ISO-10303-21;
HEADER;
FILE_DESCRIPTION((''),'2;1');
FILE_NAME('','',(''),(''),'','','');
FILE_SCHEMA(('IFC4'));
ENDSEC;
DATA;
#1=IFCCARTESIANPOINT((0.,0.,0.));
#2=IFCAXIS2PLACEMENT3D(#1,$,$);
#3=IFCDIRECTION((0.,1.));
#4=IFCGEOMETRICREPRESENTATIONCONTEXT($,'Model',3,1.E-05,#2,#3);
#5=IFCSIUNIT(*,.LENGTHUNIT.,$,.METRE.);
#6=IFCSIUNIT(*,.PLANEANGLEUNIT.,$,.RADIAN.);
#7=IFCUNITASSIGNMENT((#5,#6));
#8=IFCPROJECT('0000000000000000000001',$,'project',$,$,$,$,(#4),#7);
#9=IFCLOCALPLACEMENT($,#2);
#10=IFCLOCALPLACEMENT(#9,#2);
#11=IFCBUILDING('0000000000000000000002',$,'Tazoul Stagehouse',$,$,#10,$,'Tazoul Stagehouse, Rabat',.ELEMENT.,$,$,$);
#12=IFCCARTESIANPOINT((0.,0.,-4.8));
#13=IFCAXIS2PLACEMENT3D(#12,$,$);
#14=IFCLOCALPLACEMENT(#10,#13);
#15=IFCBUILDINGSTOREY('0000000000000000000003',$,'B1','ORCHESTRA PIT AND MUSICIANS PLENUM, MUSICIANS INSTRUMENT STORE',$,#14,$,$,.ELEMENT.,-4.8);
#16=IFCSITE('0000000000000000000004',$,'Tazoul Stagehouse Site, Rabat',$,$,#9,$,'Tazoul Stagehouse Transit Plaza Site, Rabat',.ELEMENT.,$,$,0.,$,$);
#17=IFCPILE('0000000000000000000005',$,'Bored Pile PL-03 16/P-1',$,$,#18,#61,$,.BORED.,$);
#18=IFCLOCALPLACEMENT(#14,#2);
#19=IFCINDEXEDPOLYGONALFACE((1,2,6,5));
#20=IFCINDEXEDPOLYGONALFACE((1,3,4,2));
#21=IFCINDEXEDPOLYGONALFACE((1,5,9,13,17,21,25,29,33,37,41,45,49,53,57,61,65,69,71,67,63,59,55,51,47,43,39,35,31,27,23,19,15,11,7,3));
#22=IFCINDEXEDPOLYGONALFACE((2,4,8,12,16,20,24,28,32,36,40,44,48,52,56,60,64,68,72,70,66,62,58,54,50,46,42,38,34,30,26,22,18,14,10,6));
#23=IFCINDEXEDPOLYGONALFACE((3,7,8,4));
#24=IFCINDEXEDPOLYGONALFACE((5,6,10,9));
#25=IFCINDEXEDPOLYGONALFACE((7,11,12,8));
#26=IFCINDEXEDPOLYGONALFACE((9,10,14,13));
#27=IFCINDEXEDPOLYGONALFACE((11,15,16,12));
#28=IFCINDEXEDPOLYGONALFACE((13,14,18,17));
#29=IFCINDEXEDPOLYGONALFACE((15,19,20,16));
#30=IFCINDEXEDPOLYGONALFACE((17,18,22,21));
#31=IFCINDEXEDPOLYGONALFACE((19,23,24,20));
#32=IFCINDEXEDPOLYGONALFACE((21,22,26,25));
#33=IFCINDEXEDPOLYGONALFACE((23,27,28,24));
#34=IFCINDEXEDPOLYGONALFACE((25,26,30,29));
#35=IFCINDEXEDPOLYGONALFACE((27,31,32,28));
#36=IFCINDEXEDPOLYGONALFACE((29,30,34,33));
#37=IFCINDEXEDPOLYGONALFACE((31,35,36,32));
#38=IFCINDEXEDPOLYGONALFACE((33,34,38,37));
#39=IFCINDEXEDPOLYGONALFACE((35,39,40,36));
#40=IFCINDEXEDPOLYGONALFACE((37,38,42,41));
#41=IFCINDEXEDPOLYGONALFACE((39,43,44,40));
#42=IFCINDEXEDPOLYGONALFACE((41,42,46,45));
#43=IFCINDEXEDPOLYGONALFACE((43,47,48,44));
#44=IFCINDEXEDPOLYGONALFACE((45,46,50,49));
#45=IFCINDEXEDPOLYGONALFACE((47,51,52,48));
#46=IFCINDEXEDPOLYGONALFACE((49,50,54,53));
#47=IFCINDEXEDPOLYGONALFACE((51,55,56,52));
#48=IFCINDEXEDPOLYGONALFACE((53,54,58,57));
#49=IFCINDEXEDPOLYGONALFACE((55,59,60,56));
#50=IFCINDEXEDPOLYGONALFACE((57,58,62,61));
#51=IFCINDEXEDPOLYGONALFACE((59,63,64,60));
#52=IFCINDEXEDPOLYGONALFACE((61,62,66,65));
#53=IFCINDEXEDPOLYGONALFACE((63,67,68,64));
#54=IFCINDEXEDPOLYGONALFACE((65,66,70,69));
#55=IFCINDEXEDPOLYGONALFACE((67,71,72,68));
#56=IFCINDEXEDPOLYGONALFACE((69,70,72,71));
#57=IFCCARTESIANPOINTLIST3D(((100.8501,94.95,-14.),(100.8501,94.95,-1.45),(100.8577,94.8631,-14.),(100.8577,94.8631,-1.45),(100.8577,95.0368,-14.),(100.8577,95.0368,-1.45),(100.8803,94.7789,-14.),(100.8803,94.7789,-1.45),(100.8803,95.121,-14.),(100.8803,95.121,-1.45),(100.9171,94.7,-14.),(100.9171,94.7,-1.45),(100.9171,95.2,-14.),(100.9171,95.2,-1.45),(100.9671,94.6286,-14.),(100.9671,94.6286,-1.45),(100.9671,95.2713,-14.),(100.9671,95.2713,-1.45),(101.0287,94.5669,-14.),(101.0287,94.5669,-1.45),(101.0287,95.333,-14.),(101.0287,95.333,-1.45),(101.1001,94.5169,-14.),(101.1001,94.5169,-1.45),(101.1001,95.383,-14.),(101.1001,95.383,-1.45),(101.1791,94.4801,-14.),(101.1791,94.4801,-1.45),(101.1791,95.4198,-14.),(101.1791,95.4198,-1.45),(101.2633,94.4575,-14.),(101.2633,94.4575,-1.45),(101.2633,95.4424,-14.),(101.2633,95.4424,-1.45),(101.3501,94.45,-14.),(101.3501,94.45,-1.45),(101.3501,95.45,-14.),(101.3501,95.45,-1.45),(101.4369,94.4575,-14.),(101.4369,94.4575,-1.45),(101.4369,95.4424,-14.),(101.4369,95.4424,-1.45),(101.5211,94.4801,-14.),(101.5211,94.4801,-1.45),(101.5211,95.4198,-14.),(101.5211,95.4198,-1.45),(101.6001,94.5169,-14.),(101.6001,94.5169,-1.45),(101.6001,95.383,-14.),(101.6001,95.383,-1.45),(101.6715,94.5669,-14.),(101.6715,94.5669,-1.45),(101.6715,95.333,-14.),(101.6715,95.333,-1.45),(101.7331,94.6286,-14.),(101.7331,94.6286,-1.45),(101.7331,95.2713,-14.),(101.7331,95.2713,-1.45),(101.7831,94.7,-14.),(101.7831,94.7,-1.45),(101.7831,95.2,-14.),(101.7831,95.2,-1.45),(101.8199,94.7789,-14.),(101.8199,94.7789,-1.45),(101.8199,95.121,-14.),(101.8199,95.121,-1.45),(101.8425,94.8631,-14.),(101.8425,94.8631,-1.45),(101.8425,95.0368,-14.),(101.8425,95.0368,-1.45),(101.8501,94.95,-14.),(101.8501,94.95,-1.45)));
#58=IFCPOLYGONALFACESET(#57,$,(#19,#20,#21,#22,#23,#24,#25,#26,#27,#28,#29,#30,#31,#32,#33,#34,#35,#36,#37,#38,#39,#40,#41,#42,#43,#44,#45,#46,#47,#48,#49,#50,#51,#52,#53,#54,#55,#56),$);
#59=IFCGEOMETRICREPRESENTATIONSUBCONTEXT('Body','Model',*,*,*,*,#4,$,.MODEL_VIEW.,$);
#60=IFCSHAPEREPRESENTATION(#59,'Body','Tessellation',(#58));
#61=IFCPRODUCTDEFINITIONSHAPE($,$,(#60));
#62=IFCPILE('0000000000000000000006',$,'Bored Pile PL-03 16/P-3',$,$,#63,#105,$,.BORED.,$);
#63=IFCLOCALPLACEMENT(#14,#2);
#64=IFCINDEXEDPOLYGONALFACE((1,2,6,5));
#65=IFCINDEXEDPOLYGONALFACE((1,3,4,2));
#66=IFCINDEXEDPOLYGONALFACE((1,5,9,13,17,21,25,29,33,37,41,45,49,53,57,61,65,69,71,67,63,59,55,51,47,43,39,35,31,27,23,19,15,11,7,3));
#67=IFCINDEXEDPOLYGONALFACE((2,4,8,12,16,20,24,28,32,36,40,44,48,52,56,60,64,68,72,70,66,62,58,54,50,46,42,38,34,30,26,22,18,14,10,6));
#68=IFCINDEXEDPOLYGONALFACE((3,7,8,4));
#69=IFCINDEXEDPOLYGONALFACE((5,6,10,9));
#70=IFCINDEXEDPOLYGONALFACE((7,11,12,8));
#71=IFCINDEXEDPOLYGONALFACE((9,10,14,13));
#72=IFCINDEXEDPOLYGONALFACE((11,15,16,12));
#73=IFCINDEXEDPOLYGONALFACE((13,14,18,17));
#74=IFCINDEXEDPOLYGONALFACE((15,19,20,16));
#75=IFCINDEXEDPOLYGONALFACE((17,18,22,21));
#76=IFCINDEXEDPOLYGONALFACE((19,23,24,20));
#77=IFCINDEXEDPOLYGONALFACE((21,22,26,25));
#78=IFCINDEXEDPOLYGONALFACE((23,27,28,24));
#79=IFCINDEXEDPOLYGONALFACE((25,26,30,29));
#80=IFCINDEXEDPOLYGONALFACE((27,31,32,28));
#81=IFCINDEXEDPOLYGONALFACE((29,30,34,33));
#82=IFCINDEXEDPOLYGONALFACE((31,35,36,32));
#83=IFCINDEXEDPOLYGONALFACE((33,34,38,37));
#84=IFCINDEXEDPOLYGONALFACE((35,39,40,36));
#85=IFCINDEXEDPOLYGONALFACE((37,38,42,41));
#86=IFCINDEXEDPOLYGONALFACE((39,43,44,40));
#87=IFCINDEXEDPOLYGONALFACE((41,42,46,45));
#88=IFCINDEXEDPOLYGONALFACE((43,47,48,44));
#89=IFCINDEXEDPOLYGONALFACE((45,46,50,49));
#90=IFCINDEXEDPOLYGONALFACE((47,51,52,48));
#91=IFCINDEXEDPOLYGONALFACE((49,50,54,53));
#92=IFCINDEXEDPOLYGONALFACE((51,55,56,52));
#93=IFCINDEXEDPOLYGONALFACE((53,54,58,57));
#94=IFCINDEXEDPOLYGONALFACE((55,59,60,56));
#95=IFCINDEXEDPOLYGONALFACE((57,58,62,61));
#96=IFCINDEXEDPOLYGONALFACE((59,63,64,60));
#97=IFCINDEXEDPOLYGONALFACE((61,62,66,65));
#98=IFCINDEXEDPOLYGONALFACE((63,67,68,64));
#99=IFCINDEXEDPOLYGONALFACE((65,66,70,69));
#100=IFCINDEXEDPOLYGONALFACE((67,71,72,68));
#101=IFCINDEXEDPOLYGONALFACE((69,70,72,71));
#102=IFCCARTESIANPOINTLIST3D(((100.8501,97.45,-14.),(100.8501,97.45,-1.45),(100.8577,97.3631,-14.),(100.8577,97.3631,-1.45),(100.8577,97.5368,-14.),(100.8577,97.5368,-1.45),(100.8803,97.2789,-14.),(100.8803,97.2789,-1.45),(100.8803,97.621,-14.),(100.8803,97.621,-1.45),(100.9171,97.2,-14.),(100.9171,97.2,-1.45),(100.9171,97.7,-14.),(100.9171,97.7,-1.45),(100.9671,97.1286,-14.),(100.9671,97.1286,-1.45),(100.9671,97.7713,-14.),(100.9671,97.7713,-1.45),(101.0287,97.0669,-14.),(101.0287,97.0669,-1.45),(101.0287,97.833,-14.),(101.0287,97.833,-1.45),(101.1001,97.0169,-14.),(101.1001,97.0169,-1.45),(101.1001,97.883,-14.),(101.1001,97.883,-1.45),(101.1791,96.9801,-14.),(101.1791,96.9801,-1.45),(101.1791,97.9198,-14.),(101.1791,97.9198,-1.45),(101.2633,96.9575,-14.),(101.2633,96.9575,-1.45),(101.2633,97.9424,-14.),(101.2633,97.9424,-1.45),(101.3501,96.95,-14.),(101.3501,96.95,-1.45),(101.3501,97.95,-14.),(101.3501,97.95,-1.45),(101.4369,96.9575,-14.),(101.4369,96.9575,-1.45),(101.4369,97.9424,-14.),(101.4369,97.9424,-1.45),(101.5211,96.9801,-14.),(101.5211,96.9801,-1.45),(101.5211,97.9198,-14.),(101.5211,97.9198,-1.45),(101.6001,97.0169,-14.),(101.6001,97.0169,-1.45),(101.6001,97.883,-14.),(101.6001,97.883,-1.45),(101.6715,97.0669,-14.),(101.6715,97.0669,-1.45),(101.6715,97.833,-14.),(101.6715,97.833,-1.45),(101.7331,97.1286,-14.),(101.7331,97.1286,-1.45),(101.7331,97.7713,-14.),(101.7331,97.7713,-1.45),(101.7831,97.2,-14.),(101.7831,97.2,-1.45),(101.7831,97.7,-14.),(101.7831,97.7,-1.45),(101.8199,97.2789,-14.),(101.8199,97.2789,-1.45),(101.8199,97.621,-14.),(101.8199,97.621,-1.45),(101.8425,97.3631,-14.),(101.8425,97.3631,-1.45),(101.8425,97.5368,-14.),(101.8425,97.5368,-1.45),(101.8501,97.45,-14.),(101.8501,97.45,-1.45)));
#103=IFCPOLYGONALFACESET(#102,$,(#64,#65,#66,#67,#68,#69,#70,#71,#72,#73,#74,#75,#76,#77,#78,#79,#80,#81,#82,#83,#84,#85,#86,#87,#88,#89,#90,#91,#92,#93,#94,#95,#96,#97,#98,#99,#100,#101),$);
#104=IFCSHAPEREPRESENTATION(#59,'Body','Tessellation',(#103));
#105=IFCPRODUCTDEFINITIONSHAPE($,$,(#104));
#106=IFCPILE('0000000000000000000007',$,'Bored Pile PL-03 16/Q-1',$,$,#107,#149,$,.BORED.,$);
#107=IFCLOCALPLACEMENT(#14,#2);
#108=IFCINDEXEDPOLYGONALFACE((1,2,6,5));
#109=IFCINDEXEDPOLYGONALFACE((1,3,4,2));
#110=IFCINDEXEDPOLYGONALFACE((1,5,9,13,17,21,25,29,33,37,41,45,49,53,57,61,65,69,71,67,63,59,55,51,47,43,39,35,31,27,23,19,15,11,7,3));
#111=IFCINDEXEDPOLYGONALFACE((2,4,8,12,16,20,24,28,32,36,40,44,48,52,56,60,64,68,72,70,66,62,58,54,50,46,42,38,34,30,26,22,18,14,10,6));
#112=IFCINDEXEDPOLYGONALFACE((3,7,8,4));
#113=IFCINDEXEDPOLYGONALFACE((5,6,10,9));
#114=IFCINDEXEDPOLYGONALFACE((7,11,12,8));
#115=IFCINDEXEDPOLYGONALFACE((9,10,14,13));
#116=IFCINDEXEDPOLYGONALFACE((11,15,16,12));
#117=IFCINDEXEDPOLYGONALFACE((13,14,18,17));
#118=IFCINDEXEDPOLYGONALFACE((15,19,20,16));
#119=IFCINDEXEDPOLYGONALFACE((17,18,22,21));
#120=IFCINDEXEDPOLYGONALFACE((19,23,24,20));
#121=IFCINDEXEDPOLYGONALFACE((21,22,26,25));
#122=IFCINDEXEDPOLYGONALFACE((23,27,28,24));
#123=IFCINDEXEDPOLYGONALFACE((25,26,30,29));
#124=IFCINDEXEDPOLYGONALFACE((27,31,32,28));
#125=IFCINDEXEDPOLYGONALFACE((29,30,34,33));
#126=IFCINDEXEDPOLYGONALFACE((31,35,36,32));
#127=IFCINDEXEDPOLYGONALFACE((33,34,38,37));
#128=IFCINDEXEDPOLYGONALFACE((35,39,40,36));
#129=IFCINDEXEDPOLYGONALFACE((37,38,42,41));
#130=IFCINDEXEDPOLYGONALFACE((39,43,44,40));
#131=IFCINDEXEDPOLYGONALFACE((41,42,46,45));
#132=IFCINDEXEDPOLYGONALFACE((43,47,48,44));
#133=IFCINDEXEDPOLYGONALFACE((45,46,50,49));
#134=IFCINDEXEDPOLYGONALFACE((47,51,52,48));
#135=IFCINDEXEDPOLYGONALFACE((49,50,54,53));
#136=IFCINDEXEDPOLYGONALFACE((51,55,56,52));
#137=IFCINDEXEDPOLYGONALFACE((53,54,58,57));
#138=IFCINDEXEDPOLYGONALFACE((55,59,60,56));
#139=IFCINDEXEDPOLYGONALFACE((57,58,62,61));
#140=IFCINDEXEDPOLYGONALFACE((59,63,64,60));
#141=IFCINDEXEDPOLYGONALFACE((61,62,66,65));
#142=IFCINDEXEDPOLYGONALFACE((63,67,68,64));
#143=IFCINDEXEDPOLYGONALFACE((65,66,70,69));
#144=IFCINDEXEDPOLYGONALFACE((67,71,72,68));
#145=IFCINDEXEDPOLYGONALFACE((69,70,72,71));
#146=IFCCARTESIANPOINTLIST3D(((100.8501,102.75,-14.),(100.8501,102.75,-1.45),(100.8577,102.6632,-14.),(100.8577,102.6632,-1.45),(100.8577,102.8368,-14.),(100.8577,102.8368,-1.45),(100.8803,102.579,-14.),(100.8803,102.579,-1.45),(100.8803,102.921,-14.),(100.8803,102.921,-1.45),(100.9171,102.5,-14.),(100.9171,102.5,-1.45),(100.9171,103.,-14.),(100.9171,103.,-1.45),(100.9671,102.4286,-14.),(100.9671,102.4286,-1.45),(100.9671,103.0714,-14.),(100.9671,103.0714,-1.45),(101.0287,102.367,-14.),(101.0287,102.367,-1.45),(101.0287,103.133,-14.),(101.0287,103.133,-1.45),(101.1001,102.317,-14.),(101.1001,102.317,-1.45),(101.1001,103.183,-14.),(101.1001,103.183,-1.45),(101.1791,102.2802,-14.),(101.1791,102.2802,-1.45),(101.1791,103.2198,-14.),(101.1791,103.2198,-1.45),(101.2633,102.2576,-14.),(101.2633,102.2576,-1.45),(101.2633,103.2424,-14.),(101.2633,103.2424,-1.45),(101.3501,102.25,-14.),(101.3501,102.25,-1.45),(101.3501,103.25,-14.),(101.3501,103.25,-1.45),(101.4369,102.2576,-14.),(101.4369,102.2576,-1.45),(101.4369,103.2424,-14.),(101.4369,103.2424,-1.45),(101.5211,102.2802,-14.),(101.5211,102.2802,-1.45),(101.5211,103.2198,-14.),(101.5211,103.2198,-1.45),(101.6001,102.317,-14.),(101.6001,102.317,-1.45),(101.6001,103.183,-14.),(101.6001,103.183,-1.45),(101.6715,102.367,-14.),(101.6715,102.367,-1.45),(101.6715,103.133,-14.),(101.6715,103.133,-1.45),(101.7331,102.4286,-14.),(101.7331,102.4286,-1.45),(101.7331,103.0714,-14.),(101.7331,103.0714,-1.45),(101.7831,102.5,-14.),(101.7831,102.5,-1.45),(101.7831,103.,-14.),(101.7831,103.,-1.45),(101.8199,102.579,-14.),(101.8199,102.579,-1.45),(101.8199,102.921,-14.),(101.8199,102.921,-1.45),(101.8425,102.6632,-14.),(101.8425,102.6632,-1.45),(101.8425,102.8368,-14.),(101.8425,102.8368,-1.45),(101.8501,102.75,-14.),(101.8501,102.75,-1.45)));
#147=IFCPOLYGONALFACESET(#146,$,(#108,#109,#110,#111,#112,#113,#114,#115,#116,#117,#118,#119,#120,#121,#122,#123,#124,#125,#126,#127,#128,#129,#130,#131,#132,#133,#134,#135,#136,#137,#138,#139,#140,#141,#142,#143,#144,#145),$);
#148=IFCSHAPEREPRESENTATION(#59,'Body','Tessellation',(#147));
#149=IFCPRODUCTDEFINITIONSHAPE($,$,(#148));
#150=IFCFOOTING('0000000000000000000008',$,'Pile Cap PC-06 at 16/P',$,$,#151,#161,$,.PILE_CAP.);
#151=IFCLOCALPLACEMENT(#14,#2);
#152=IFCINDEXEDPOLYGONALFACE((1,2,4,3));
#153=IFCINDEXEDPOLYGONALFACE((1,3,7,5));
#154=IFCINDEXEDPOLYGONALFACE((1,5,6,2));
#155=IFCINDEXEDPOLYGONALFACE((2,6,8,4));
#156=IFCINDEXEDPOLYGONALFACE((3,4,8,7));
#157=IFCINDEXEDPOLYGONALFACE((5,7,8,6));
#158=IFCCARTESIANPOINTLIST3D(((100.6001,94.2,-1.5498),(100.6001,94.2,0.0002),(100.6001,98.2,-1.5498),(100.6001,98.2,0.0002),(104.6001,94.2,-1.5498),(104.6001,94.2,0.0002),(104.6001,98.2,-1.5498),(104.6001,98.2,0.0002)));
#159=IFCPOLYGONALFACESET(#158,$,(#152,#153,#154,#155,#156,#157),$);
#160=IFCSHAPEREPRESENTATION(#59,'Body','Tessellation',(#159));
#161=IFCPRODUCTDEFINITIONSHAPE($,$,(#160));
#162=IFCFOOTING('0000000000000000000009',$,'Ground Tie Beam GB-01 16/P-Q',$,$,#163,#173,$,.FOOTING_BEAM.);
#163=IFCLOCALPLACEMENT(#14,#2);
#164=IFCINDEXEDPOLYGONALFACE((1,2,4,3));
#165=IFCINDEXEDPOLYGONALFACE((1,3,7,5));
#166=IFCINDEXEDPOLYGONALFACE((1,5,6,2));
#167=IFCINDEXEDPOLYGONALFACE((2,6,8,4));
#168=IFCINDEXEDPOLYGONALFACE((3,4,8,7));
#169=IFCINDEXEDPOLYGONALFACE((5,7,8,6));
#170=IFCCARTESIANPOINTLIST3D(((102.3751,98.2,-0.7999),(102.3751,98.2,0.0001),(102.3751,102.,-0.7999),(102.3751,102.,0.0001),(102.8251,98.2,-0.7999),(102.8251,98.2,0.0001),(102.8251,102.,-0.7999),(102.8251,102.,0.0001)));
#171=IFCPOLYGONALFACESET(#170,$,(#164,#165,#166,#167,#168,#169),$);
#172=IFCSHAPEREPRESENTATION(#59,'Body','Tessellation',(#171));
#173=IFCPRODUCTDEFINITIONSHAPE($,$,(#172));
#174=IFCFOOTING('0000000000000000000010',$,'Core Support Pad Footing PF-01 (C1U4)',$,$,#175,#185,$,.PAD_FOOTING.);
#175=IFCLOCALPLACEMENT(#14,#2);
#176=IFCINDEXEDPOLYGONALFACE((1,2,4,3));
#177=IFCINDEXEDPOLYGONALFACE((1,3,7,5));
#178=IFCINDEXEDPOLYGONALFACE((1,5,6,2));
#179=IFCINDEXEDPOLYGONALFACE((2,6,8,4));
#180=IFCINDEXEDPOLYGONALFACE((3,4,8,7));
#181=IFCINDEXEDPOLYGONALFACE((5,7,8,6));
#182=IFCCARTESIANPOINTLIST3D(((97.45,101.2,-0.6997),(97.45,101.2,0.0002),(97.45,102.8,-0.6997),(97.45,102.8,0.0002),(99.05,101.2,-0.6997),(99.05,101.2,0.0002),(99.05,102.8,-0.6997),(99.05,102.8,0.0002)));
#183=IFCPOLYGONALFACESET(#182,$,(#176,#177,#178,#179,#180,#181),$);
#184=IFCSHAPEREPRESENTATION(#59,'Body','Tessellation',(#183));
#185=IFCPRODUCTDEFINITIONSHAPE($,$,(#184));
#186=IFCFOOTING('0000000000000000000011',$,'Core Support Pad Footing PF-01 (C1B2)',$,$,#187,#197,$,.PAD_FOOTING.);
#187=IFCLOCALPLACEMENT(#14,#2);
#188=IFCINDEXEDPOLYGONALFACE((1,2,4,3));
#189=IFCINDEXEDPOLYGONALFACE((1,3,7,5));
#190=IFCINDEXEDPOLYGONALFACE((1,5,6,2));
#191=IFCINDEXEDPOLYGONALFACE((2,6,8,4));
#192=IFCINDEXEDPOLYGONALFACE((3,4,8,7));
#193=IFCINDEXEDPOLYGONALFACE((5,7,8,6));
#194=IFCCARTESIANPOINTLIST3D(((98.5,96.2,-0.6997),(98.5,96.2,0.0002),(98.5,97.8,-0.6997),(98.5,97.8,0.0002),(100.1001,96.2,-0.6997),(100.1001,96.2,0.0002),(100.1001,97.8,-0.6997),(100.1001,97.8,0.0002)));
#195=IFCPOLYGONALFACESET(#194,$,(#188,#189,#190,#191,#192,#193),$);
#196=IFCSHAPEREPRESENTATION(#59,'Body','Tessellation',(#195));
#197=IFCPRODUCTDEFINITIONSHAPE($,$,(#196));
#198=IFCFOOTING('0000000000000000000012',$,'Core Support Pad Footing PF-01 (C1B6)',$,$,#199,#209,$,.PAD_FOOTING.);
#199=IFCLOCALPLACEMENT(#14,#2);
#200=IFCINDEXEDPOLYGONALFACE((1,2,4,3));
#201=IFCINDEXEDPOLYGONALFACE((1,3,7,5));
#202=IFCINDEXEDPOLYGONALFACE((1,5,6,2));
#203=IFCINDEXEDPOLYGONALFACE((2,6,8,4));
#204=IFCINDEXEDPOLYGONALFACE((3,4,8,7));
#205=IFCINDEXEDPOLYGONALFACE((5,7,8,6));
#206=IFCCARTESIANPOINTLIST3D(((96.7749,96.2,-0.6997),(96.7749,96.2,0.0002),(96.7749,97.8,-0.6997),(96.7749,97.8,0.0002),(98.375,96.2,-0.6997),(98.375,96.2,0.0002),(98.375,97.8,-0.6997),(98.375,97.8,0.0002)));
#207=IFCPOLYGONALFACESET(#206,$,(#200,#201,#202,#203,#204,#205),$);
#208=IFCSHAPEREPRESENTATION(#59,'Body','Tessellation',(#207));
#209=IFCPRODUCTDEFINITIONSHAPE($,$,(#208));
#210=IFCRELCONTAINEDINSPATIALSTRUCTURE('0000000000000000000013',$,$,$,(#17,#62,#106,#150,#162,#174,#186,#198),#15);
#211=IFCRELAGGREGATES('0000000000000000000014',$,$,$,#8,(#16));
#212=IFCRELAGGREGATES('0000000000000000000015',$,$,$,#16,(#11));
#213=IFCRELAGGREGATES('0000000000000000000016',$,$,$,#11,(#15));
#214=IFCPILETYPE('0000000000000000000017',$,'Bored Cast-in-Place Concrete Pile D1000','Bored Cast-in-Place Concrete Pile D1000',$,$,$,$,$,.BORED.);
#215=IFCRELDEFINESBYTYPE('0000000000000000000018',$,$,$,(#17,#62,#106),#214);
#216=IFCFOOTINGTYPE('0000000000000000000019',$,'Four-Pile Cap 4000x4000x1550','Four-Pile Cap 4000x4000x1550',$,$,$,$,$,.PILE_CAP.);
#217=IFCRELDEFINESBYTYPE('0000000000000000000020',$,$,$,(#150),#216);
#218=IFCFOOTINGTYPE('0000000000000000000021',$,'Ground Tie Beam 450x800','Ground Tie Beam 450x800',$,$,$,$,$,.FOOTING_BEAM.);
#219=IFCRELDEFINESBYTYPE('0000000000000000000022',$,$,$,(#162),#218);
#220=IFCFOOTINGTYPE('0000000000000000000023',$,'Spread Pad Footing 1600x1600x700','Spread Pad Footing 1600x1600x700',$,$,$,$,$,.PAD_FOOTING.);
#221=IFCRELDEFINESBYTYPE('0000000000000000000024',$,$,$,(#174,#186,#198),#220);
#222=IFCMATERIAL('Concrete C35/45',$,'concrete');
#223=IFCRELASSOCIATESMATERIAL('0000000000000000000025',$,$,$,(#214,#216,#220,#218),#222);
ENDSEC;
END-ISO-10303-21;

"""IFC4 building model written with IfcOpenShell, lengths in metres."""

from ifc_helpers import new_model, si_unit, direction, frame, origin, origin_2d, place, context, subcontext, project, spatial, rectangle, circle, extrude, material, material_profile, profile_set, type_object, element, save


model = new_model("IFC4")

# Units and contexts
model_context = context("Model", 3, precision=1e-05, world=origin(), true_north=direction((0.0, 1.0)))
body_context = subcontext(model_context, "Body", "Model", "MODEL_VIEW")
ifc_project = project(units=[si_unit("LENGTHUNIT", "METRE"), si_unit("PLANEANGLEUNIT", "RADIAN")], contexts=[model_context])

# Site, building, storey
site_placement = place(None, origin())
site = spatial("IfcSite", under=ifc_project, at=site_placement, Name="Tazoul Stagehouse Site, Rabat", LongName="Tazoul Stagehouse Transit Plaza Site, Rabat", CompositionType="ELEMENT", RefElevation=0.0)
building_placement = place(site_placement, origin())
building = spatial("IfcBuilding", under=site, at=building_placement, Name="Tazoul Stagehouse", LongName="Tazoul Stagehouse, Rabat", CompositionType="ELEMENT")
storey_placement = place(building_placement, frame((0.0, 0.0, -4.8)))
storey = spatial("IfcBuildingStorey", under=building, at=storey_placement, Name="B1", Description="ORCHESTRA PIT AND MUSICIANS PLENUM, MUSICIANS INSTRUMENT STORE", CompositionType="ELEMENT", Elevation=-4.8)

# Piles
ifc_material_1 = material(Name="Concrete C35/45", Category="concrete")
ifc_material_profile_1 = material_profile(ifc_material_1, circle(Radius=0.5, at=origin_2d()), Name="BORED PILE 1000")
ifc_profile_set_1 = profile_set([ifc_material_profile_1], Name="Concrete C35/45")
pile_type = type_object("IfcPileType", Name="Bored Cast-in-Place Concrete Pile D1000", Description="Bored Cast-in-Place Concrete Pile D1000", PredefinedType="BORED", material=ifc_profile_set_1)
for number, where, z_axis, x_axis, name in (
    (1, (101.3501, 94.95, -1.45), (0.0, 0.0, -1.0), (1.0, 0.0, 0.0), "Bored Pile PL-03 16/P-1"),
    (2, (101.3501, 97.45, -1.45), (0.0, 0.0, -1.0), (1.0, 0.0, 0.0), "Bored Pile PL-03 16/P-3"),
    (3, (101.3501, 102.75, -1.45), (0.0, 0.0, -1.0), (1.0, 0.0, 0.0), "Bored Pile PL-03 16/Q-1"),
):
    element("IfcPile", number, at=place(storey_placement, frame(where, z_axis=z_axis, x_axis=x_axis)), inside=storey, type_object=pile_type, Name=name, PredefinedType="BORED", context=body_context, shape_type="SweptSolid", body=[
        extrude(circle(Radius=0.5, at=origin_2d()), origin(), (0.0, 0.0, 1.0), 12.55),
    ])

# Footings
footing_type_1 = type_object("IfcFootingType", Name="Four-Pile Cap 4000x4000x1550", Description="Four-Pile Cap 4000x4000x1550", PredefinedType="PILE_CAP", material=ifc_material_1)
footing_1_placement = place(storey_placement, frame((102.6001, 96.2, -1.5498), z_axis=(0.0, 0.0, 1.0), x_axis=(1.0, 0.0, 0.0)))
element("IfcFooting", 4, at=footing_1_placement, inside=storey, type_object=footing_type_1, Name="Pile Cap PC-06 at 16/P", PredefinedType="PILE_CAP", context=body_context, shape_type="SweptSolid", body=[
    extrude(rectangle(XDim=4.0, YDim=4.0, at=origin_2d()), origin(), (0.0, 0.0, 1.0), 1.55),
])
ifc_material_profile_2 = material_profile(ifc_material_1, rectangle(XDim=0.45, YDim=0.8, at=origin_2d()), Name="RC 450x800")
ifc_profile_set_2 = profile_set([ifc_material_profile_2], Name="Concrete C35/45")
footing_type_2 = type_object("IfcFootingType", Name="Ground Tie Beam 450x800", Description="Ground Tie Beam 450x800", PredefinedType="FOOTING_BEAM", material=ifc_profile_set_2)
footing_2_placement = place(storey_placement, frame((102.6001, 98.2, -0.3999), z_axis=(0.0, 1.0, 0.0), x_axis=(-1.0, 0.0, 0.0)))
element("IfcFooting", 5, at=footing_2_placement, inside=storey, type_object=footing_type_2, Name="Ground Tie Beam GB-01 16/P-Q", PredefinedType="FOOTING_BEAM", context=body_context, shape_type="SweptSolid", body=[
    extrude(rectangle(XDim=0.45, YDim=0.8, at=origin_2d()), origin(), (0.0, 0.0, 1.0), 3.8),
])
footing_type_3 = type_object("IfcFootingType", Name="Spread Pad Footing 1600x1600x700", Description="Spread Pad Footing 1600x1600x700", PredefinedType="PAD_FOOTING", material=ifc_material_1)
for number, where, z_axis, x_axis, name in (
    (6, (98.25, 102.0, -0.6997), (0.0, 0.0, 1.0), (1.0, 0.0, 0.0), "Core Support Pad Footing PF-01 (C1U4)"),
    (7, (99.3, 97.0, -0.6997), (0.0, 0.0, 1.0), (1.0, 0.0, 0.0), "Core Support Pad Footing PF-01 (C1B2)"),
    (8, (97.575, 97.0, -0.6997), (0.0, 0.0, 1.0), (1.0, 0.0, 0.0), "Core Support Pad Footing PF-01 (C1B6)"),
):
    element("IfcFooting", number, at=place(storey_placement, frame(where, z_axis=z_axis, x_axis=x_axis)), inside=storey, type_object=footing_type_3, Name=name, PredefinedType="PAD_FOOTING", context=body_context, shape_type="SweptSolid", body=[
        extrude(rectangle(XDim=1.6001, YDim=1.6001, at=origin_2d()), origin(), (0.0, 0.0, 1.0), 0.7),
    ])

save(model, "model.ifc")
